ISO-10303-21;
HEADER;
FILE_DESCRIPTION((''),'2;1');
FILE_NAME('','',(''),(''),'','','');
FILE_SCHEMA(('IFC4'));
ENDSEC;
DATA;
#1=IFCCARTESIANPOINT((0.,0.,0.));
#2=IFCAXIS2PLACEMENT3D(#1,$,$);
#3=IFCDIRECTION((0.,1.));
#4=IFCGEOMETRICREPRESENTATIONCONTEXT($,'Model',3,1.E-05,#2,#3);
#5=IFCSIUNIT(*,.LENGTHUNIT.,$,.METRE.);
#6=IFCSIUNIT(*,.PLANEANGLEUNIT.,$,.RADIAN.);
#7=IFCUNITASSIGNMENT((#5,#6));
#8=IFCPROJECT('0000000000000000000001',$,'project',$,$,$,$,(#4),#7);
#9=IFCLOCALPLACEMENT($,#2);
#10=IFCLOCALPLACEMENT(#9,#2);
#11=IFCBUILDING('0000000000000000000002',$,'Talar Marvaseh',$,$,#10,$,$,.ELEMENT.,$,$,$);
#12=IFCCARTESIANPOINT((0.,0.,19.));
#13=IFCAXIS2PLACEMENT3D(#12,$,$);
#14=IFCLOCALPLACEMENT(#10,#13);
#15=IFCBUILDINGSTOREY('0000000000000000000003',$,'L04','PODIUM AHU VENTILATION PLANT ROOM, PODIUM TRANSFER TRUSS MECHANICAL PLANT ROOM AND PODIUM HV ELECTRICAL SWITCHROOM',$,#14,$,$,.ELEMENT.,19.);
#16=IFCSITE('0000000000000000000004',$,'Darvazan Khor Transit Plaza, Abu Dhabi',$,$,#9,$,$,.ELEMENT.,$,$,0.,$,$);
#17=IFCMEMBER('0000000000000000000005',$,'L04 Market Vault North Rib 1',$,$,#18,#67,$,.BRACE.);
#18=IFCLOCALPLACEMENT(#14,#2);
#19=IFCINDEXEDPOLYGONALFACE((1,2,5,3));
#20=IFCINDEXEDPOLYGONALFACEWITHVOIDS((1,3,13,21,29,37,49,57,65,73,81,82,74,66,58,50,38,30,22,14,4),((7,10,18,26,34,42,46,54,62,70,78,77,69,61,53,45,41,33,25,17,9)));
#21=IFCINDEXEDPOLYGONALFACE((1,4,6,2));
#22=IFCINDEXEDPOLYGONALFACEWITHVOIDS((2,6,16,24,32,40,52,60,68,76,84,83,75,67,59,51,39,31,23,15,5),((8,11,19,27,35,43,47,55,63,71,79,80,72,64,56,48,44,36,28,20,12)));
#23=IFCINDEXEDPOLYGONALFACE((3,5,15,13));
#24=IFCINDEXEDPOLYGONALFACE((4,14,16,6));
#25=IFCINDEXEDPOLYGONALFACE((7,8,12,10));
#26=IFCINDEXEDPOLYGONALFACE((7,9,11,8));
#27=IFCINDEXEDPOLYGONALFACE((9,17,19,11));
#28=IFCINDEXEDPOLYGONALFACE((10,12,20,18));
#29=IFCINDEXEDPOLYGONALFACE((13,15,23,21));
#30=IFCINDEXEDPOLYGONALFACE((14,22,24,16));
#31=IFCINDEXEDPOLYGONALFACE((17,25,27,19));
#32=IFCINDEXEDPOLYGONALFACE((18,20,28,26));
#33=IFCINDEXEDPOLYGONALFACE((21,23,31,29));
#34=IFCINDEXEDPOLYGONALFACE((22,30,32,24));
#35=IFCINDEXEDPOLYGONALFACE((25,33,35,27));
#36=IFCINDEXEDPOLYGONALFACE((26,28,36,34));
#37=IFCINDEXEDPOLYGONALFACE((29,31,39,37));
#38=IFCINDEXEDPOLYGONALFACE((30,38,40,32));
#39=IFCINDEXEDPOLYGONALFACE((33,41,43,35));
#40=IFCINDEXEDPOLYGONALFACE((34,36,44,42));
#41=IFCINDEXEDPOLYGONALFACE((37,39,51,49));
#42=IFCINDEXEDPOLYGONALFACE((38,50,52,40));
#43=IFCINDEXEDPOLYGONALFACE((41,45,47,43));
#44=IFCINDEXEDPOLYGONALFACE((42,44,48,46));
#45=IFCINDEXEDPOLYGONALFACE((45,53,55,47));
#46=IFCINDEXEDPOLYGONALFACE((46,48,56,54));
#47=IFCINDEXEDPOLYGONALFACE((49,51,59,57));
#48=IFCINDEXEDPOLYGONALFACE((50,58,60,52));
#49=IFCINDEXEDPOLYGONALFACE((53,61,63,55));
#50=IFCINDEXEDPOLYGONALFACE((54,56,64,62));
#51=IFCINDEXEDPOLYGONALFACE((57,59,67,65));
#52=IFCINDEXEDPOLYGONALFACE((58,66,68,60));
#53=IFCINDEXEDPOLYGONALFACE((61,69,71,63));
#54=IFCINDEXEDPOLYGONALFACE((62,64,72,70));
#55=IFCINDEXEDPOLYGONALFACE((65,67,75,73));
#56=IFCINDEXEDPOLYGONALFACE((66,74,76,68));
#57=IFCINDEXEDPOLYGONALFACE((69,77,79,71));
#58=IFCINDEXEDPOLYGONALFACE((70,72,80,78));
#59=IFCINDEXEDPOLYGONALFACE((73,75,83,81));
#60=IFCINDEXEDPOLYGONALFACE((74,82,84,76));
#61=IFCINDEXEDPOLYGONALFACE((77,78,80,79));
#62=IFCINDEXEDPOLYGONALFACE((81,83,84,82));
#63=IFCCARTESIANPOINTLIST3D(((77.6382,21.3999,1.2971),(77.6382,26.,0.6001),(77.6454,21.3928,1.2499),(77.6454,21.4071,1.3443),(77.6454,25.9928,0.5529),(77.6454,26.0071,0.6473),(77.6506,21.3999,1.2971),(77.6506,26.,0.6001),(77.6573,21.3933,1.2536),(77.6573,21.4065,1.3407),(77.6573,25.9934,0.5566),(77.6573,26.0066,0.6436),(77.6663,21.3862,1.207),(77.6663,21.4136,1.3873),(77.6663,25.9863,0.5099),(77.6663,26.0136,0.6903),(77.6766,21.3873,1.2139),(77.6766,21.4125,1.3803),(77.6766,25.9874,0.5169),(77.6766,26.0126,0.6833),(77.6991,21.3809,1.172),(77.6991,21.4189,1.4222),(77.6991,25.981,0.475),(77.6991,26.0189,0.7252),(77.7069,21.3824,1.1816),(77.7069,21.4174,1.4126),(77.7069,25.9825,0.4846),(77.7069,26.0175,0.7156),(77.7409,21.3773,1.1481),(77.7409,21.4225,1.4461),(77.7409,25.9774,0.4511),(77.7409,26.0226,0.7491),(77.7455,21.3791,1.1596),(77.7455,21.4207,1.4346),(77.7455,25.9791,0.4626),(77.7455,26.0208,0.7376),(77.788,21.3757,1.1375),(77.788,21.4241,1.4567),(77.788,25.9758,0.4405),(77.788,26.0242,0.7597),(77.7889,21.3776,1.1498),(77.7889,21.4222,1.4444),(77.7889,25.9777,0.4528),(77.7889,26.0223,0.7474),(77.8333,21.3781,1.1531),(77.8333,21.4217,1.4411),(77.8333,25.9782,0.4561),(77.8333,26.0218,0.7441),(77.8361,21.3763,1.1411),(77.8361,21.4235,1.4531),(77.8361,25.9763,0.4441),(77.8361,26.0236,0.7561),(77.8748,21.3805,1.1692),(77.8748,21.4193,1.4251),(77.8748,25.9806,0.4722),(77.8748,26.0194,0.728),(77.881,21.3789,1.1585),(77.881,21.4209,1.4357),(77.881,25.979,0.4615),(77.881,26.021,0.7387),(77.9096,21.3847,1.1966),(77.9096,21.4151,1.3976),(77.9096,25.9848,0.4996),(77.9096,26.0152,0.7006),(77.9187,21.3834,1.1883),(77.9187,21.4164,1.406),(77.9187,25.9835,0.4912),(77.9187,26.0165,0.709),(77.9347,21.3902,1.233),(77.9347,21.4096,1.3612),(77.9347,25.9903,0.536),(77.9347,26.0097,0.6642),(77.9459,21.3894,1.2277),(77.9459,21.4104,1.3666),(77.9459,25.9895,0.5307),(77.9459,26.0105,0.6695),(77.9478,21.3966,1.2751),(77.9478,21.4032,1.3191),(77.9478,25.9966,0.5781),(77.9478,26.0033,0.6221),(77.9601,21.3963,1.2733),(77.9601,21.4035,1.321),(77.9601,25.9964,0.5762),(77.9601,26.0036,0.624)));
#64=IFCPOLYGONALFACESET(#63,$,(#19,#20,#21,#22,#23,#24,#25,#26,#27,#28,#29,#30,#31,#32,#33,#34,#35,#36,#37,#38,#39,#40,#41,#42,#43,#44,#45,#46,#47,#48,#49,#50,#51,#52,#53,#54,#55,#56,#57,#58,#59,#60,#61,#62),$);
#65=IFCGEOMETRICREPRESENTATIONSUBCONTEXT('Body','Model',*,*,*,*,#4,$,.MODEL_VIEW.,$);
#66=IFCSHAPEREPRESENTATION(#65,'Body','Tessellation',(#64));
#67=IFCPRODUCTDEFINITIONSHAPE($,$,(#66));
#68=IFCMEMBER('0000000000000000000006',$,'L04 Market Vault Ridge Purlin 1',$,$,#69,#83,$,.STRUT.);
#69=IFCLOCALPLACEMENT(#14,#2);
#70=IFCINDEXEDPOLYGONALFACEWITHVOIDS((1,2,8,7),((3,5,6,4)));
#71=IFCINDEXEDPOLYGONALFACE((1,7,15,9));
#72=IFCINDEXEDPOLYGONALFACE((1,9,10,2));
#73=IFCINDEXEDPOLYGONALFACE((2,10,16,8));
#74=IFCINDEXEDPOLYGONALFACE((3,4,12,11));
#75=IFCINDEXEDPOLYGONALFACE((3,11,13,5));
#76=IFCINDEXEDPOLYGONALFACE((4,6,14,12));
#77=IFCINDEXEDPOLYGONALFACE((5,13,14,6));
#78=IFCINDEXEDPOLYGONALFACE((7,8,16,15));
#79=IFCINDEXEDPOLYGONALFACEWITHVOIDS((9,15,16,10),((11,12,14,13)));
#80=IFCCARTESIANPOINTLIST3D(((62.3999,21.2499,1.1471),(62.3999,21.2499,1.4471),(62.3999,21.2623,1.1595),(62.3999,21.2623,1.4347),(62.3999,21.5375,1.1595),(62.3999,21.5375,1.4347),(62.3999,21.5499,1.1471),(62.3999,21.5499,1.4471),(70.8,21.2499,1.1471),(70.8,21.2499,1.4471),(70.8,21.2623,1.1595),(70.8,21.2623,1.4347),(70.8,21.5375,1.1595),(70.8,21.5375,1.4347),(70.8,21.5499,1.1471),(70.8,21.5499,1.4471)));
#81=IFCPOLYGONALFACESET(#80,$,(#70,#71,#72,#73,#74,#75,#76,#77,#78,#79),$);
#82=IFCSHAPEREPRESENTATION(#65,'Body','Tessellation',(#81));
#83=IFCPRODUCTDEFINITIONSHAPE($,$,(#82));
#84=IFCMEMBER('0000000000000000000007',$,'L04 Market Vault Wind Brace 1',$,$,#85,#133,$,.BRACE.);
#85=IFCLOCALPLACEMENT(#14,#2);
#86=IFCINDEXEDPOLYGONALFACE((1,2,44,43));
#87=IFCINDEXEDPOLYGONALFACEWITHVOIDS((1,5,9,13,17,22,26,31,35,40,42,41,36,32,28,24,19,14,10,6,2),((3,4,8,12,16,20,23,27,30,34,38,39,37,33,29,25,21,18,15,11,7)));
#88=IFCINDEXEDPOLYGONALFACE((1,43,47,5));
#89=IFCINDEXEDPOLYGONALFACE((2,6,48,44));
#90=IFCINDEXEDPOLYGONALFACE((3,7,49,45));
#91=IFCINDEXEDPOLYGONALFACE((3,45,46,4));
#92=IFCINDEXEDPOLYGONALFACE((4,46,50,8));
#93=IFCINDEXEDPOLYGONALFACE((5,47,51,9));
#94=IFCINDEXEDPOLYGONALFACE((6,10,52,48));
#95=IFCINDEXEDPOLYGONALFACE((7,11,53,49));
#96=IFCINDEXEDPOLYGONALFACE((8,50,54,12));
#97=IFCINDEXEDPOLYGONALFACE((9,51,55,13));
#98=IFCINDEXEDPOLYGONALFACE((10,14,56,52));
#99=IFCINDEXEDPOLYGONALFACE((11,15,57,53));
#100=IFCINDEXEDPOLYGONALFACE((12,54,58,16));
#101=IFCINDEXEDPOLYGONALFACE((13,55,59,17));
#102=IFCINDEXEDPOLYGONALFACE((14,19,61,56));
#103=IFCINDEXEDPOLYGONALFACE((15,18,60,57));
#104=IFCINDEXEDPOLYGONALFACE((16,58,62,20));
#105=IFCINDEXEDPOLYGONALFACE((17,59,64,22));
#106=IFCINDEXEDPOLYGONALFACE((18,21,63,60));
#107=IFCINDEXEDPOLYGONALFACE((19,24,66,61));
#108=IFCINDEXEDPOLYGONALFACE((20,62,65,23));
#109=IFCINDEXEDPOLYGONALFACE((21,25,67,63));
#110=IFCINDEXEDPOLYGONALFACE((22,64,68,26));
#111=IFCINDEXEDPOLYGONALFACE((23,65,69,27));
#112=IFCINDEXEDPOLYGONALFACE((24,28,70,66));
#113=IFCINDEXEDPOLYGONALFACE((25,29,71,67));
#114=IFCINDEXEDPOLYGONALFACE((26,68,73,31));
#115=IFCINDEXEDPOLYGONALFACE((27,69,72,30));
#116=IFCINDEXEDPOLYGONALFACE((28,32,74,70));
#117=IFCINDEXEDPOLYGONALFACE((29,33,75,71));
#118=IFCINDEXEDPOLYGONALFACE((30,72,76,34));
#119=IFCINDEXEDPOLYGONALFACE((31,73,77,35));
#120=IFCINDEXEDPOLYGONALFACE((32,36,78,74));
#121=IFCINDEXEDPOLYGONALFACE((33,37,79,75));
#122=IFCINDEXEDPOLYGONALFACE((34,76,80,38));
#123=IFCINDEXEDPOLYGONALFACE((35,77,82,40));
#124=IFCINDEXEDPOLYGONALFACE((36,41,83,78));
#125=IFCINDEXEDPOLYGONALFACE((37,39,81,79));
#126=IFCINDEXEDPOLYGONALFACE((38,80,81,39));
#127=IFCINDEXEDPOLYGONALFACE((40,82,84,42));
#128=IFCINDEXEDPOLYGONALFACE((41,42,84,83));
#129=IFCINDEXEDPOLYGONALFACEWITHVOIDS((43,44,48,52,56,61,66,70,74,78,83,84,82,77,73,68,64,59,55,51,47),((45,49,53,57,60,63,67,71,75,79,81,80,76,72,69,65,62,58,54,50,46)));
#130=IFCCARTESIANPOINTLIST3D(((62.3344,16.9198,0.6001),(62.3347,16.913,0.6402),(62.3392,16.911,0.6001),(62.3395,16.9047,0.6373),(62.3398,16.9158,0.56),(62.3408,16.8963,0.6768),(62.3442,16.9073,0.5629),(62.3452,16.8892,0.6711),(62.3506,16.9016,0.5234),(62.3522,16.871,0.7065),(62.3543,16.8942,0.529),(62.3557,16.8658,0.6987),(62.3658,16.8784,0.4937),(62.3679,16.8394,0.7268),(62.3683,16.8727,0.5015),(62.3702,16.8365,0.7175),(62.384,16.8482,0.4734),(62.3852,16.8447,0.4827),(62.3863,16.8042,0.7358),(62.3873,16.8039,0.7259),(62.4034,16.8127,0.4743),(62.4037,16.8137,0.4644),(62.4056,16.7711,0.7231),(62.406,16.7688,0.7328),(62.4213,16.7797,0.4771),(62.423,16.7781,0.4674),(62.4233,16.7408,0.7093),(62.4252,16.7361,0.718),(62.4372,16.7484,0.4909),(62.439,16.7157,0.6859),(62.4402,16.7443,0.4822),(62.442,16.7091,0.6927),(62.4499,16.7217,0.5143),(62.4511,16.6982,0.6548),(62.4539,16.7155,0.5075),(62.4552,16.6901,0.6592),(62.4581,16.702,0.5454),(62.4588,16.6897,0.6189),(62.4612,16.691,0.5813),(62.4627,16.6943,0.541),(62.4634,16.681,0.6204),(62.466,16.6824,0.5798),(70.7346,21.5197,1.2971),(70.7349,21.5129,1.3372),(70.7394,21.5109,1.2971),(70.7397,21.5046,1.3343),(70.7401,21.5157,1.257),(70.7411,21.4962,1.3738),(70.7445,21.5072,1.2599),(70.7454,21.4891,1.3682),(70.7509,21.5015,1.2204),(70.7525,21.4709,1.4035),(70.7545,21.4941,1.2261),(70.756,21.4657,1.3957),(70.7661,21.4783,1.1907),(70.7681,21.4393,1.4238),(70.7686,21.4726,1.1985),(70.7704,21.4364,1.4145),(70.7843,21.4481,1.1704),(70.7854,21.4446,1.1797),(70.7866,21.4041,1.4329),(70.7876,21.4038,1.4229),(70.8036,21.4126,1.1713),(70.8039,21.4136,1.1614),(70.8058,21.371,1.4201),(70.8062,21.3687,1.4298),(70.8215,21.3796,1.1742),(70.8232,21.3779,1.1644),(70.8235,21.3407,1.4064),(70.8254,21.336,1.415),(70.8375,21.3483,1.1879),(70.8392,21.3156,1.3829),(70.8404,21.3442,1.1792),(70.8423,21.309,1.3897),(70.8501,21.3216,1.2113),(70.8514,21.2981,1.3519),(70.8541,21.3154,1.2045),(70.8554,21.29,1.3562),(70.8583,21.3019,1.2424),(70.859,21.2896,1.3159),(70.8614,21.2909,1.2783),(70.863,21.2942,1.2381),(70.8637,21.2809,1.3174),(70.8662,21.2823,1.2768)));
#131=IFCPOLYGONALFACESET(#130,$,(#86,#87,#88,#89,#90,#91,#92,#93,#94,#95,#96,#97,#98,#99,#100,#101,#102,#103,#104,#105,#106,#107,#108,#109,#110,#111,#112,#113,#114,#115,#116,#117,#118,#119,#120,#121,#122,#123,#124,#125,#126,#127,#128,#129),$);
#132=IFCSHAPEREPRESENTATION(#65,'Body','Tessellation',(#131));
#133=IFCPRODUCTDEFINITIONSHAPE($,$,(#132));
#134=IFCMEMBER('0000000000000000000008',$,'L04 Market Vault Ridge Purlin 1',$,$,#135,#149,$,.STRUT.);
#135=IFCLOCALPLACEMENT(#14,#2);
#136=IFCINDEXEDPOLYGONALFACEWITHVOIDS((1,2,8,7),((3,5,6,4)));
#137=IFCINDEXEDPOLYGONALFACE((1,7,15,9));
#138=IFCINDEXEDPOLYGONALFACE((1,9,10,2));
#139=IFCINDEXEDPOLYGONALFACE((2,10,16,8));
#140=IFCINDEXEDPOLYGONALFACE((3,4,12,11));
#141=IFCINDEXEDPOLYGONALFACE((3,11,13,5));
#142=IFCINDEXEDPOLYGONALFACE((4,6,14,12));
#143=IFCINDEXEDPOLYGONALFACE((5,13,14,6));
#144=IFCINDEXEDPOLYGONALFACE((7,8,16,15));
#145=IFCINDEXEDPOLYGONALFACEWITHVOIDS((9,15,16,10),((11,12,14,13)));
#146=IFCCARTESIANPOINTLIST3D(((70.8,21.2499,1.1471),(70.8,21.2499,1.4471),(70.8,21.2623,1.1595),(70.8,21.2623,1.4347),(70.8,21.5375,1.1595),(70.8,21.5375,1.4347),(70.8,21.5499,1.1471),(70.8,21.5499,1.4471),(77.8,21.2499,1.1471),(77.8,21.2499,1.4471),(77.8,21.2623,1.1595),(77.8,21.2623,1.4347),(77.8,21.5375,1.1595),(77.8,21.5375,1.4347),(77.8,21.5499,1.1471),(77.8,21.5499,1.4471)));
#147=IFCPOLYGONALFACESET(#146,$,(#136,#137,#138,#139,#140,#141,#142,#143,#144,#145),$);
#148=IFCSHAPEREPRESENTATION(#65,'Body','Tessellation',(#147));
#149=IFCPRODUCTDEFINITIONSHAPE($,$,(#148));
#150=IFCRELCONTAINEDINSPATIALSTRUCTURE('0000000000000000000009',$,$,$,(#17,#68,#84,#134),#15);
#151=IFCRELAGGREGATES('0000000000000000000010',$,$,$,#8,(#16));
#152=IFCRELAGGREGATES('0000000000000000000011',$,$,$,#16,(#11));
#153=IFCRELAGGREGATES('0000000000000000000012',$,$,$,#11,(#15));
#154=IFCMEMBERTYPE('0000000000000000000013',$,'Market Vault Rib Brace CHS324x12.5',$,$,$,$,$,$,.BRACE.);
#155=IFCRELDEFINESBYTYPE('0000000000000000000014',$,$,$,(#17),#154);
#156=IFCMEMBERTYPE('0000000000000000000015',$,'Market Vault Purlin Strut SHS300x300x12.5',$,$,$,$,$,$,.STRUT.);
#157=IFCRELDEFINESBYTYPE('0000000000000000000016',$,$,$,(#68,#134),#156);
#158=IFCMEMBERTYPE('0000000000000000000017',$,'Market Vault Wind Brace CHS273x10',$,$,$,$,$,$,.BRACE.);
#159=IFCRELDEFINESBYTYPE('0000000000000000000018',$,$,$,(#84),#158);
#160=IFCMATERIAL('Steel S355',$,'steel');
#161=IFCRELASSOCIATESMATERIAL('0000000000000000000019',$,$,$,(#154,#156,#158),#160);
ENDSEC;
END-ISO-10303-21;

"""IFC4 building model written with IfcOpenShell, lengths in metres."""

from ifc_helpers import new_model, si_unit, direction, frame, origin, origin_2d, place, context, subcontext, project, spatial, hollow_rectangle, hollow_circle, extrude, source, transform, mapped, material, material_profile, profile_set, type_object, type_shapes, element, save


model = new_model("IFC4")

# Units and contexts
model_context = context("Model", 3, precision=1e-05, world=origin(), true_north=direction((0.0, 1.0)))
body_context = subcontext(model_context, "Body", "Model", "MODEL_VIEW")
ifc_project = project(units=[si_unit("LENGTHUNIT", "METRE"), si_unit("PLANEANGLEUNIT", "RADIAN")], contexts=[model_context])

# Site, building, storey
site_placement = place(None, origin())
site = spatial("IfcSite", under=ifc_project, at=site_placement, Name="Darvazan Khor Transit Plaza, Abu Dhabi", CompositionType="ELEMENT", RefElevation=0.0)
building_placement = place(site_placement, origin())
building = spatial("IfcBuilding", under=site, at=building_placement, Name="Talar Marvaseh", CompositionType="ELEMENT")
storey_placement = place(building_placement, frame((0.0, 0.0, 19.0)))
storey = spatial("IfcBuildingStorey", under=building, at=storey_placement, Name="L04", Description="PODIUM AHU VENTILATION PLANT ROOM, PODIUM TRANSFER TRUSS MECHANICAL PLANT ROOM AND PODIUM HV ELECTRICAL SWITCHROOM", CompositionType="ELEMENT", Elevation=19.0)

# Shared definitions
ifc_material_1 = material(Name="Steel S355", Category="steel")

# Members
ifc_material_profile_1 = material_profile(ifc_material_1, hollow_circle(Radius=0.1619, WallThickness=0.0125, at=origin_2d()), Name="CHS324x12.5")
ifc_profile_set_1 = profile_set([ifc_material_profile_1], Name="Steel S355")
member_type_1 = type_object("IfcMemberType", Name="Market Vault Rib Brace CHS324x12.5", PredefinedType="BRACE", material=ifc_profile_set_1)
shared_shape_1 = source(origin(), body_context, "Body", "SweptSolid", [
    extrude(hollow_circle(Radius=0.1619, WallThickness=0.0125, at=origin_2d()), origin(), (0.0, 0.0, 1.0), 4.6526),
])
for number, where, z_axis, x_axis, name in (
    (1, (77.8, 21.3999, 1.2971), (0.0, 0.988714, -0.149813), (-1.0, 0.0, 0.0), "L04 Market Vault North Rib 1"),
):
    element("IfcMember", number, at=place(storey_placement, frame(where, z_axis=z_axis, x_axis=x_axis)), inside=storey, type_object=member_type_1, Name=name, PredefinedType="BRACE", context=body_context, shape_type="MappedRepresentation", body=[
        mapped(shared_shape_1, transform((0.0, 0.0, 0.0), x_axis=(1.0, 0.0, 0.0), y_axis=(0.0, 1.0, 0.0), z_axis=(0.0, 0.0, 1.0), scale=1.0)),
    ])
ifc_material_profile_2 = material_profile(ifc_material_1, hollow_rectangle(XDim=0.3, YDim=0.3, WallThickness=0.0125, at=origin_2d()), Name="SHS300x300x12.5")
ifc_profile_set_2 = profile_set([ifc_material_profile_2], Name="Steel S355")
member_type_2 = type_object("IfcMemberType", Name="Market Vault Purlin Strut SHS300x300x12.5", PredefinedType="STRUT", material=ifc_profile_set_2)
shared_shape_2 = source(origin(), body_context, "Body", "SweptSolid", [
    extrude(hollow_rectangle(XDim=0.3, YDim=0.3, WallThickness=0.0125, at=origin_2d()), origin(), (0.0, 0.0, 1.0), 8.4001),
])
member_1_placement = place(storey_placement, frame((62.3999, 21.3999, 1.2971), z_axis=(1.0, 0.0, 0.0), x_axis=(0.0, 1.0, 0.0)))
element("IfcMember", 2, at=member_1_placement, inside=storey, type_object=member_type_2, Name="L04 Market Vault Ridge Purlin 1", PredefinedType="STRUT", context=body_context, shape_type="MappedRepresentation", body=[
    mapped(shared_shape_2, transform((0.0, 0.0, 0.0), x_axis=(1.0, 0.0, 0.0), y_axis=(0.0, 1.0, 0.0), z_axis=(0.0, 0.0, 1.0), scale=1.0)),
])
ifc_material_profile_3 = material_profile(ifc_material_1, hollow_circle(Radius=0.1365, WallThickness=0.01, at=origin_2d()), Name="CHS273x10")
ifc_profile_set_3 = profile_set([ifc_material_profile_3], Name="Steel S355")
member_type_3 = type_object("IfcMemberType", Name="Market Vault Wind Brace CHS273x10", PredefinedType="BRACE", material=ifc_profile_set_3)
shared_shape_3 = source(origin(), body_context, "Body", "SweptSolid", [
    extrude(hollow_circle(Radius=0.1365, WallThickness=0.01, at=origin_2d()), origin(), (0.0, 0.0, 1.0), 9.6025),
])
member_2_placement = place(storey_placement, frame((62.3999, 16.8, 0.6001), z_axis=(0.874792, 0.479029, 0.072588), x_axis=(-0.480296, 0.877106, 0.0)))
element("IfcMember", 3, at=member_2_placement, inside=storey, type_object=member_type_3, Name="L04 Market Vault Wind Brace 1", PredefinedType="BRACE", context=body_context, shape_type="MappedRepresentation", body=[
    mapped(shared_shape_3, transform((0.0, 0.0, 0.0), x_axis=(1.0, 0.0, 0.0), y_axis=(0.0, 1.0, 0.0), z_axis=(0.0, 0.0, 1.0), scale=1.0)),
])
shared_shape_4 = source(origin(), body_context, "Body", "SweptSolid", [
    extrude(hollow_rectangle(XDim=0.3, YDim=0.3, WallThickness=0.0125, at=origin_2d()), origin(), (0.0, 0.0, 1.0), 7.0),
])
type_shapes(member_type_2, [shared_shape_2, shared_shape_4])
member_3_placement = place(storey_placement, frame((70.8, 21.3999, 1.2971), z_axis=(1.0, 0.0, 0.0), x_axis=(0.0, 1.0, 0.0)))
element("IfcMember", 4, at=member_3_placement, inside=storey, type_object=member_type_2, Name="L04 Market Vault Ridge Purlin 1", PredefinedType="STRUT", context=body_context, shape_type="MappedRepresentation", body=[
    mapped(shared_shape_4, transform((0.0, 0.0, 0.0), x_axis=(1.0, 0.0, 0.0), y_axis=(0.0, 1.0, 0.0), z_axis=(0.0, 0.0, 1.0), scale=1.0)),
])

save(model, "model.ifc")
